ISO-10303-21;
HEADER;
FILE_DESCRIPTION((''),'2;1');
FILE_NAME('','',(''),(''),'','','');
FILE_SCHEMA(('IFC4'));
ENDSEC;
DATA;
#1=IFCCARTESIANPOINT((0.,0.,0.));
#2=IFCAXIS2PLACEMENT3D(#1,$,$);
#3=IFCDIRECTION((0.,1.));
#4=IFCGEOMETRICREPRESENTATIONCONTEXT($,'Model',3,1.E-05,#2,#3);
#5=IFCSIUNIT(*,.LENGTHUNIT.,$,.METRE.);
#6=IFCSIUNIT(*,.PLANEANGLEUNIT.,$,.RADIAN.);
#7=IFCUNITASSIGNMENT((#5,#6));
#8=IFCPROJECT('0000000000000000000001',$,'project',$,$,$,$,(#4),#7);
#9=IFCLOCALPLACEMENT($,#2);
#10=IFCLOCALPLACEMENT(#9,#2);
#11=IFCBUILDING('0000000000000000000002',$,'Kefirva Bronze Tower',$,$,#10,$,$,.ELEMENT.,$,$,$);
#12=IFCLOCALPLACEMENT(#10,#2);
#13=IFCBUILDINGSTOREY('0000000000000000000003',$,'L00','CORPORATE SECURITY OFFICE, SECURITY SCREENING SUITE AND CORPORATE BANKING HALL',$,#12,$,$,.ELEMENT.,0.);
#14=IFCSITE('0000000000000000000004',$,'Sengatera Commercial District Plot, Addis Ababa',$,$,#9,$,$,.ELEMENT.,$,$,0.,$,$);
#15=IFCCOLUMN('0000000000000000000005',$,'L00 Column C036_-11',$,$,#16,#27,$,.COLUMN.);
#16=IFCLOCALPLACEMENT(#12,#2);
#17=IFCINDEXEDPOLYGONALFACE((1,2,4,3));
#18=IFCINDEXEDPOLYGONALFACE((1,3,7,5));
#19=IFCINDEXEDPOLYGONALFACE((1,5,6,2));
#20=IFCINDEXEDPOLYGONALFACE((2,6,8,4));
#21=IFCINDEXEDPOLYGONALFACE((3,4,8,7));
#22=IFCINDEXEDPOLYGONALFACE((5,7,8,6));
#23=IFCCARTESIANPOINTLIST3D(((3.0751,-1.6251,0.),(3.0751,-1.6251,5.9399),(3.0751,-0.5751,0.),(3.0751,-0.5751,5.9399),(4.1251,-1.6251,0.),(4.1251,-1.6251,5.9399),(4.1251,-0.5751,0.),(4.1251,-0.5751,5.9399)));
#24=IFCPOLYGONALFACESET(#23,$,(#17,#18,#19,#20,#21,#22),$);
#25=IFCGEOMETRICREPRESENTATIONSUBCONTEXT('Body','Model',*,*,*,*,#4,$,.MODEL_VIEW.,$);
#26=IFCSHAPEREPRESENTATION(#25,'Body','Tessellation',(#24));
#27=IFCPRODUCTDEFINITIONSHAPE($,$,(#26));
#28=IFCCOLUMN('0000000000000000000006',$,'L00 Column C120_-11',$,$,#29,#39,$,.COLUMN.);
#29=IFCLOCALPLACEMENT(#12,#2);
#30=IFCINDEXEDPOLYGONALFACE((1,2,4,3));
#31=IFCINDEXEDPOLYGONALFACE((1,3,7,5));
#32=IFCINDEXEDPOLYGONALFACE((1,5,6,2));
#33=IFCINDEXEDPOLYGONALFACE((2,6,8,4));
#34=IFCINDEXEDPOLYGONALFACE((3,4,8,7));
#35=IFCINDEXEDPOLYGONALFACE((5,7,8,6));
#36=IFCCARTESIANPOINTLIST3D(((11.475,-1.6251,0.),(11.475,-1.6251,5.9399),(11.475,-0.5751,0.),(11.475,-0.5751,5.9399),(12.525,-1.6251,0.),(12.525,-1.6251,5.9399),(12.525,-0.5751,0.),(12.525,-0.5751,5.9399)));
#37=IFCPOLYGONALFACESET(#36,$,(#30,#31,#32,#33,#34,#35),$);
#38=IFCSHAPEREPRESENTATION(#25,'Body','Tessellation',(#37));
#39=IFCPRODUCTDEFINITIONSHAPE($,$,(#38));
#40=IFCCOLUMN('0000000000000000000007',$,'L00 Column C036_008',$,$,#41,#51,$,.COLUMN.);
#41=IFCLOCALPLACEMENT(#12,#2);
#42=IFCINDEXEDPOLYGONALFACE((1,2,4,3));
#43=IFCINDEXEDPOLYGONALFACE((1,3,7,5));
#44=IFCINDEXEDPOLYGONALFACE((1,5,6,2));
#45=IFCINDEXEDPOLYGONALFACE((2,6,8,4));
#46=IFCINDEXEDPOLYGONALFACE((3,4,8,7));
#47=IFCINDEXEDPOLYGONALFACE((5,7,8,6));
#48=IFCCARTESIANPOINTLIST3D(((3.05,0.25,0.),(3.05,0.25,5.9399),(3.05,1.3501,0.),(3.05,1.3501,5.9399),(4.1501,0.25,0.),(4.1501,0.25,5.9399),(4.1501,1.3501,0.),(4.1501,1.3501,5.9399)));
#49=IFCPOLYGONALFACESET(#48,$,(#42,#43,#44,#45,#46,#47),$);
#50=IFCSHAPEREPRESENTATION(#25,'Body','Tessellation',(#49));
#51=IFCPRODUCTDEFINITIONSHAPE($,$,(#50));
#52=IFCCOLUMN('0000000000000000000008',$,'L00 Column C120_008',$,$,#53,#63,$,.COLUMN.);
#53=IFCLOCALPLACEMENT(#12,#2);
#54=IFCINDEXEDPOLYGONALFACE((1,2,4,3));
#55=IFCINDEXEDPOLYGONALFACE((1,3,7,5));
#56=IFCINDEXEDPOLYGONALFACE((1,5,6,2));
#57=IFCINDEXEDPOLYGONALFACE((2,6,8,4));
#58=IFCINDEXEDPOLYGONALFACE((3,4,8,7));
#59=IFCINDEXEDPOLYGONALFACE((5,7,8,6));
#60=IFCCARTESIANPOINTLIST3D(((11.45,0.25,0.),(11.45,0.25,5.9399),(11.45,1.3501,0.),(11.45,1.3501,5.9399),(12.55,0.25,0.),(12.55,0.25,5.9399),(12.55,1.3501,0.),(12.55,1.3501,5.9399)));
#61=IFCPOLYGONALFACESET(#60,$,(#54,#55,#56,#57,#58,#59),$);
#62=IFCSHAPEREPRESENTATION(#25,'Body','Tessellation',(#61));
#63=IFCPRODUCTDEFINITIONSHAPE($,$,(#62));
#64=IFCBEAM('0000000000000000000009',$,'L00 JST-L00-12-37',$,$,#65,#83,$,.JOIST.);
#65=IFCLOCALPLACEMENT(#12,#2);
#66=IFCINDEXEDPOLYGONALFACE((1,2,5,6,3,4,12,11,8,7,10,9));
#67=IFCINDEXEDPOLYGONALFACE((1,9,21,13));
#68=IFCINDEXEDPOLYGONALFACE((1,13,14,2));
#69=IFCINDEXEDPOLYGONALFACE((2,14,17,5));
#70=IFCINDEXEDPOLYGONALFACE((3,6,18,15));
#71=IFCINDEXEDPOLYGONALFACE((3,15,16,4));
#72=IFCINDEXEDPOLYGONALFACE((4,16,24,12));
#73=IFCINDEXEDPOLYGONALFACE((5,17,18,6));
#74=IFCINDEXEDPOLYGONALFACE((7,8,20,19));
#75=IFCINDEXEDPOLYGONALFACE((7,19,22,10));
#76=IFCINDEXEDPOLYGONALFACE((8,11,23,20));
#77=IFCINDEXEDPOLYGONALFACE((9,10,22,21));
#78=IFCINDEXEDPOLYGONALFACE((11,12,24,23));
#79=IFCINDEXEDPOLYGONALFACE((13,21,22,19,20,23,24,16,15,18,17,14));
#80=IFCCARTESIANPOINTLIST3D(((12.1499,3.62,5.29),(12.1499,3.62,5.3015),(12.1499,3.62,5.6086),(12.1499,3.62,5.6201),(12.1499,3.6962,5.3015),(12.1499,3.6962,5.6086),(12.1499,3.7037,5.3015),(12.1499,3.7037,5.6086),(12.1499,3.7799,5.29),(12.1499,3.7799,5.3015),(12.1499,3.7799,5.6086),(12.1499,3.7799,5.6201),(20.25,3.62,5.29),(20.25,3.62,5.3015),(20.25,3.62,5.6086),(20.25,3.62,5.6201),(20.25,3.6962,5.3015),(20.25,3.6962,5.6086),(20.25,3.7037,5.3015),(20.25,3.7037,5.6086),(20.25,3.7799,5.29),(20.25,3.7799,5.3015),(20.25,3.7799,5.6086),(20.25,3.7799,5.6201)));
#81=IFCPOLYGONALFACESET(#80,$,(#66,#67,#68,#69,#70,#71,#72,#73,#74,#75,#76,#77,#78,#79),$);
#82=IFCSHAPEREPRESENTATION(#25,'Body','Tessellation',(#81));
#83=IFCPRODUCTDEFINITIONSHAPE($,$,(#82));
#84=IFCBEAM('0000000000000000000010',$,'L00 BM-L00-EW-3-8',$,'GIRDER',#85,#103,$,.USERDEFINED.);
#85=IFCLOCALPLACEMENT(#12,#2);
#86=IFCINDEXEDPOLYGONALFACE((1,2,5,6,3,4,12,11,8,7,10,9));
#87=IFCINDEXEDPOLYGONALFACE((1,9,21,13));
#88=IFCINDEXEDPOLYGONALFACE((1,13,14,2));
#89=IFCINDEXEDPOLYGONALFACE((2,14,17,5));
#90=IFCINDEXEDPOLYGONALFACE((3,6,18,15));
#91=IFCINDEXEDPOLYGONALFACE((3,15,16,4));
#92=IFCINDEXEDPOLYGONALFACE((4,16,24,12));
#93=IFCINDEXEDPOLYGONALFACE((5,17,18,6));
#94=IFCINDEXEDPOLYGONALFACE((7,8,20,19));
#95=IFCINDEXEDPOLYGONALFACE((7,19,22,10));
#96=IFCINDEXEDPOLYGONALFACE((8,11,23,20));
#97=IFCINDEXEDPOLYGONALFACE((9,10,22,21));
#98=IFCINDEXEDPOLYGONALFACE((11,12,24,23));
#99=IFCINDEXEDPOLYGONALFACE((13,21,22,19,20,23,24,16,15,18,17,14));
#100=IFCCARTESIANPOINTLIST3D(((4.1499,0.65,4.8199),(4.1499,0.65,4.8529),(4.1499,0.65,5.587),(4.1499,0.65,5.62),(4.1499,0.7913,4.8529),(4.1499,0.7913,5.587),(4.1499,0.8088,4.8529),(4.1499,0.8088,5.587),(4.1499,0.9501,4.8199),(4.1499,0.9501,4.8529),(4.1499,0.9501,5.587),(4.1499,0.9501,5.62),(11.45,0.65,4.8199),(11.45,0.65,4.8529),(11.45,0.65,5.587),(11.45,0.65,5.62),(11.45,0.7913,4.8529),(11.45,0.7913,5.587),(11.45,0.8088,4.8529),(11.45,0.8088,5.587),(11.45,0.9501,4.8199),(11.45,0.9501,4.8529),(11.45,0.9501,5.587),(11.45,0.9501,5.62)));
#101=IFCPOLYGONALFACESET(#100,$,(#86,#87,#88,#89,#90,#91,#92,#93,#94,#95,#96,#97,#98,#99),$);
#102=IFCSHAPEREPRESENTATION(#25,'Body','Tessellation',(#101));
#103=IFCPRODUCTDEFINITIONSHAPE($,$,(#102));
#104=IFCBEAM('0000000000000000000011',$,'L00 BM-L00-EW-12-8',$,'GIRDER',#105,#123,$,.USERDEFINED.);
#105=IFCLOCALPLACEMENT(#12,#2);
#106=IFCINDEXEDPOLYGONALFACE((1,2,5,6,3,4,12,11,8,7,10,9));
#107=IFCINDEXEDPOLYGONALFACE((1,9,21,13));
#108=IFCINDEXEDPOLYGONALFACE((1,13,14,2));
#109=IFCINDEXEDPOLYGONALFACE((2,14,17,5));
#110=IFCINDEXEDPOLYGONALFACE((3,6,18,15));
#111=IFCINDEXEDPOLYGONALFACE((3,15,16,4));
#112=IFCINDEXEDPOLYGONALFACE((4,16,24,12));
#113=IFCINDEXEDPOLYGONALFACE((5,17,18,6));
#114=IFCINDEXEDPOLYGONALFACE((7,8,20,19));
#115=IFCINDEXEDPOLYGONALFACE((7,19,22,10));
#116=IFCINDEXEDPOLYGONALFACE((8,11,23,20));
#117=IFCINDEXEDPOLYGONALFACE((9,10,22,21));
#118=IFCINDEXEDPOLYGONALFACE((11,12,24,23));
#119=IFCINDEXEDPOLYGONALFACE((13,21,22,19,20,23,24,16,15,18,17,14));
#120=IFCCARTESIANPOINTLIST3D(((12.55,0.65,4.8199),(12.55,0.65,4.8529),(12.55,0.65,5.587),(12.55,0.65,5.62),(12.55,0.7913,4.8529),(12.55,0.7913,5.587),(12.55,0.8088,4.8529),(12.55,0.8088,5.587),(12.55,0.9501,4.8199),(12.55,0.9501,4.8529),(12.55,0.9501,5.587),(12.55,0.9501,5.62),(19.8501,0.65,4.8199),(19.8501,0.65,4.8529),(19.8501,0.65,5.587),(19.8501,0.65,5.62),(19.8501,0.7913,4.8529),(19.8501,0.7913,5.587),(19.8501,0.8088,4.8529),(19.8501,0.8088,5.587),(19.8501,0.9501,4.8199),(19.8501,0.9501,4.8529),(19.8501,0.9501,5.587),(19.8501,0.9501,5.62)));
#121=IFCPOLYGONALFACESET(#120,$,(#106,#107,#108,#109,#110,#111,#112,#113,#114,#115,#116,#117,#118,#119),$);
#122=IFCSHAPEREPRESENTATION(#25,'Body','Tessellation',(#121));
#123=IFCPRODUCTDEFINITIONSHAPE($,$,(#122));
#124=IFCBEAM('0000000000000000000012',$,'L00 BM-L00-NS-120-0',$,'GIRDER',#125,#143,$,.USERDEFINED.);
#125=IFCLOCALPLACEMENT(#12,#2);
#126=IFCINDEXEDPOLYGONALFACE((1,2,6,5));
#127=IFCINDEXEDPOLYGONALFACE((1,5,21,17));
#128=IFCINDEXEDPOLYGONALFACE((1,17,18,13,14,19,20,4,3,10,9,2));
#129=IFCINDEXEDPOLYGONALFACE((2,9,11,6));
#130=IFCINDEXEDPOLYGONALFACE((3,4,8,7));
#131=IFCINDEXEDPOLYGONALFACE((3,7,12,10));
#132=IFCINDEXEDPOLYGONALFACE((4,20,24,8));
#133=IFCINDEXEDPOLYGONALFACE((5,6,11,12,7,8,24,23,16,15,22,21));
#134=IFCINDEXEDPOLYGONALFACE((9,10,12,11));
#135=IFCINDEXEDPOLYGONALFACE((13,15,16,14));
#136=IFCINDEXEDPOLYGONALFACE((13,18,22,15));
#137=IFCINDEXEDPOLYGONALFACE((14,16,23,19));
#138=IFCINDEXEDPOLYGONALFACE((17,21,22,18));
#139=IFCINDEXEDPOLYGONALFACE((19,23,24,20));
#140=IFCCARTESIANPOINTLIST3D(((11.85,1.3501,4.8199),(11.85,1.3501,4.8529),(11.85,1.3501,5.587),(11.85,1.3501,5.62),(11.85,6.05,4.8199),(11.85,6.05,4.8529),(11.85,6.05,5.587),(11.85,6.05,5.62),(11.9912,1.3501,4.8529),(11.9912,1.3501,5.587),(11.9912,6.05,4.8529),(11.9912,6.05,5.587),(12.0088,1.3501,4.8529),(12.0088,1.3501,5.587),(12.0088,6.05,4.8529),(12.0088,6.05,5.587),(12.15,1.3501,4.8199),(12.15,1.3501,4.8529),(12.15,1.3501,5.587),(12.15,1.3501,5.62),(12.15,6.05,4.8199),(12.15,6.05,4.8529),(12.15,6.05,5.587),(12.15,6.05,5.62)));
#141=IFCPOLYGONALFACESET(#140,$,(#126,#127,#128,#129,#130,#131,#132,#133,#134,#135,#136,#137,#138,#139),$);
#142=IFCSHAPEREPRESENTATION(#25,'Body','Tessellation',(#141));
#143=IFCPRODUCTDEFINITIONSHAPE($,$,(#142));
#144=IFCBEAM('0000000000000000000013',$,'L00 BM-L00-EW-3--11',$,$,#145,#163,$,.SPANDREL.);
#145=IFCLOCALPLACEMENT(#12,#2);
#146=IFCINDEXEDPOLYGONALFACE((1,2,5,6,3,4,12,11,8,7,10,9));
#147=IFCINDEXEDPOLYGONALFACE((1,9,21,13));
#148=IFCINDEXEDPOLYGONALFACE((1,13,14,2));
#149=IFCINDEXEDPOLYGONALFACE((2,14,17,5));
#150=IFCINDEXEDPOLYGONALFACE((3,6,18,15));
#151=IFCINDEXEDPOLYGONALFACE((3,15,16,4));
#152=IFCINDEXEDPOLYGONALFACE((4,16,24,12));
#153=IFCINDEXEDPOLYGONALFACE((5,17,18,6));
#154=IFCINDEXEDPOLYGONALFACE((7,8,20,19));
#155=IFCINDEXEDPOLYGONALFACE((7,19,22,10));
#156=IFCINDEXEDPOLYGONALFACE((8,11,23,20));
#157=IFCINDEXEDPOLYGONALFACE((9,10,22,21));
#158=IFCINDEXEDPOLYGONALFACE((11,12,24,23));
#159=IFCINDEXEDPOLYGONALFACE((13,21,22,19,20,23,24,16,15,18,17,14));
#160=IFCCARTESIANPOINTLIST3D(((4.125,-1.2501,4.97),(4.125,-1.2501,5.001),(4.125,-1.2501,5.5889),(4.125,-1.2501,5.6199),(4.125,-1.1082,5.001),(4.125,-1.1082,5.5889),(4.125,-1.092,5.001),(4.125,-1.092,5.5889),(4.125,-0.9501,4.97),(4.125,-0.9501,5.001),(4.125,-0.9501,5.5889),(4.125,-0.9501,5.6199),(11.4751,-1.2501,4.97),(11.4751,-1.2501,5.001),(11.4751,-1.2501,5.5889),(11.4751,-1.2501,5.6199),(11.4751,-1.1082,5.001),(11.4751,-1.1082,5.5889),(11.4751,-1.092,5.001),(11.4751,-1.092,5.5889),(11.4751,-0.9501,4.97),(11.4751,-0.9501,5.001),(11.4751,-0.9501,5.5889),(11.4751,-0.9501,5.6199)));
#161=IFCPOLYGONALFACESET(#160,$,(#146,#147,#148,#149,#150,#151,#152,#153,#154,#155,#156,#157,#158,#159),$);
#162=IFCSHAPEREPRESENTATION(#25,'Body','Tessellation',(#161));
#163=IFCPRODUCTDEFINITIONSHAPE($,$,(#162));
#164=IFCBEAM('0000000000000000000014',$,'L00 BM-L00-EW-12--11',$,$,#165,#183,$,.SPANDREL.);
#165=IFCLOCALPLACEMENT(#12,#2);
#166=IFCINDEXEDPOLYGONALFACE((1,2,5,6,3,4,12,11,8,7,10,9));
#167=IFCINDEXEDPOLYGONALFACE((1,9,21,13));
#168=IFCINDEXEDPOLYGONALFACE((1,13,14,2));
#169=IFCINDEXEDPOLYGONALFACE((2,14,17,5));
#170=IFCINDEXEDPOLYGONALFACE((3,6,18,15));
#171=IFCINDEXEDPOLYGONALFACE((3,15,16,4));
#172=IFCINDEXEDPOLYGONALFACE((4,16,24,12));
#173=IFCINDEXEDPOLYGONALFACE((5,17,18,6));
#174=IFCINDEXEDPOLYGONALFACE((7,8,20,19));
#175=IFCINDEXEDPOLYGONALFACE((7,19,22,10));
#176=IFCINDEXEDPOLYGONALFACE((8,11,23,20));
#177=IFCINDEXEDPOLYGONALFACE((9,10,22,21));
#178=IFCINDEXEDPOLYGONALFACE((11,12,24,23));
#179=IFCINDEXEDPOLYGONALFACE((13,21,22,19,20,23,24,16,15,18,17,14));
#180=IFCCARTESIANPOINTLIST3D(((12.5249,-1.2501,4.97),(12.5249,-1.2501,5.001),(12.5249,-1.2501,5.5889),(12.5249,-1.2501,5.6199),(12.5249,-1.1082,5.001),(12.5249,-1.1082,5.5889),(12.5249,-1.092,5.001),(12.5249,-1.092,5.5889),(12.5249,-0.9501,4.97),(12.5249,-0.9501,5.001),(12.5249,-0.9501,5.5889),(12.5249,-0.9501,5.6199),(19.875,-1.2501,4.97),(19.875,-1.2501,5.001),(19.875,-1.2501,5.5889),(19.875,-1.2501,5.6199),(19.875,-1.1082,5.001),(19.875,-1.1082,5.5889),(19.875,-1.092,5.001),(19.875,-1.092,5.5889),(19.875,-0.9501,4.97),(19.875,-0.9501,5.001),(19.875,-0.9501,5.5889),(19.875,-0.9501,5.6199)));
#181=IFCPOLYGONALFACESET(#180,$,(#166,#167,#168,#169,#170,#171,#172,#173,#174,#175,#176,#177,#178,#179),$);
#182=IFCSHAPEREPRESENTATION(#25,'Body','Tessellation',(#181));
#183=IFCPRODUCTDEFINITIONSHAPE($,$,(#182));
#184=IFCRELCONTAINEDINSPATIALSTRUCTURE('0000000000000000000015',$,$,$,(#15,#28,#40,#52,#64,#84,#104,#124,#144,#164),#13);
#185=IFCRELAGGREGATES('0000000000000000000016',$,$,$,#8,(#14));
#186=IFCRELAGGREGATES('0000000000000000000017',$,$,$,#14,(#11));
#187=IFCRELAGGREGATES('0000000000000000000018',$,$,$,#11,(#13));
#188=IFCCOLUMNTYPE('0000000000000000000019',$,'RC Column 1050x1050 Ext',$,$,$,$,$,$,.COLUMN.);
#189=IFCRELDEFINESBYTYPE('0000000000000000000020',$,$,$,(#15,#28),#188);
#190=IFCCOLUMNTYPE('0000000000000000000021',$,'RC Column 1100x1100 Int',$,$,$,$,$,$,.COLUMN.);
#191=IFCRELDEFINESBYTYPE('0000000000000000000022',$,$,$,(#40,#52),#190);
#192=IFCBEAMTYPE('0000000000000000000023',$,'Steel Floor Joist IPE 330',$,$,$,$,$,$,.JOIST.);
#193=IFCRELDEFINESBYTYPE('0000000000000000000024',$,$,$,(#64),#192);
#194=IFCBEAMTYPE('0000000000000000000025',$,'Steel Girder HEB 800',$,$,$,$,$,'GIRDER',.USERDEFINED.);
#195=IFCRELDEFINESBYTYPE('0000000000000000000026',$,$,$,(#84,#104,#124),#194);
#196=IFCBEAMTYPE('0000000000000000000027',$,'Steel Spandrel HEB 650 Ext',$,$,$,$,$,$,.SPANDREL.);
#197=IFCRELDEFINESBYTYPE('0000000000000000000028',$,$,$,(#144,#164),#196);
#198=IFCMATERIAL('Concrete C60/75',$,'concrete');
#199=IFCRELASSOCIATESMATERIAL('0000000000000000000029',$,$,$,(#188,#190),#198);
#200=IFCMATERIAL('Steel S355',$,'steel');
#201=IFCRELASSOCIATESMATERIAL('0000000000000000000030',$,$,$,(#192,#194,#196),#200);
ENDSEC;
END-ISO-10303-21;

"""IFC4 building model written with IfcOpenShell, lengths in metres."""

from ifc_helpers import new_model, si_unit, direction, frame, origin, origin_2d, place, context, subcontext, project, spatial, rectangle, i_section, extrude, material, material_profile, profile_set, type_object, element, save


model = new_model("IFC4")

# Units and contexts
model_context = context("Model", 3, precision=1e-05, world=origin(), true_north=direction((0.0, 1.0)))
body_context = subcontext(model_context, "Body", "Model", "MODEL_VIEW")
ifc_project = project(units=[si_unit("LENGTHUNIT", "METRE"), si_unit("PLANEANGLEUNIT", "RADIAN")], contexts=[model_context])

# Site, building, storey
site_placement = place(None, origin())
site = spatial("IfcSite", under=ifc_project, at=site_placement, Name="Sengatera Commercial District Plot, Addis Ababa", CompositionType="ELEMENT", RefElevation=0.0)
building_placement = place(site_placement, origin())
building = spatial("IfcBuilding", under=site, at=building_placement, Name="Kefirva Bronze Tower", CompositionType="ELEMENT")
storey_placement = place(building_placement, origin())
storey = spatial("IfcBuildingStorey", under=building, at=storey_placement, Name="L00", Description="CORPORATE SECURITY OFFICE, SECURITY SCREENING SUITE AND CORPORATE BANKING HALL", CompositionType="ELEMENT", Elevation=0.0)

# Columns
ifc_material_1 = material(Name="Concrete C60/75", Category="concrete")
ifc_material_profile_1 = material_profile(ifc_material_1, rectangle(XDim=1.05, YDim=1.05, at=origin_2d()), Name="RC 1050x1050")
ifc_profile_set_1 = profile_set([ifc_material_profile_1], Name="Concrete C60/75")
column_type_1 = type_object("IfcColumnType", Name="RC Column 1050x1050 Ext", PredefinedType="COLUMN", material=ifc_profile_set_1)
for number, where, z_axis, x_axis, name in (
    (1, (3.6001, -1.1001, 0.0), (0.0, 0.0, 1.0), (1.0, 0.0, 0.0), "L00 Column C036_-11"),
    (2, (12.0, -1.1001, 0.0), (0.0, 0.0, 1.0), (1.0, 0.0, 0.0), "L00 Column C120_-11"),
):
    element("IfcColumn", number, at=place(storey_placement, frame(where, z_axis=z_axis, x_axis=x_axis)), inside=storey, type_object=column_type_1, Name=name, PredefinedType="COLUMN", context=body_context, shape_type="SweptSolid", body=[
        extrude(rectangle(XDim=1.05, YDim=1.05, at=origin_2d()), origin(), (0.0, 0.0, 1.0), 5.9399),
    ])
ifc_material_profile_2 = material_profile(ifc_material_1, rectangle(XDim=1.1001, YDim=1.1001, at=origin_2d()), Name="RC 1100x1100")
ifc_profile_set_2 = profile_set([ifc_material_profile_2], Name="Concrete C60/75")
column_type_2 = type_object("IfcColumnType", Name="RC Column 1100x1100 Int", PredefinedType="COLUMN", material=ifc_profile_set_2)
for number, where, z_axis, x_axis, name in (
    (3, (3.6001, 0.8, 0.0), (0.0, 0.0, 1.0), (1.0, 0.0, 0.0), "L00 Column C036_008"),
    (4, (12.0, 0.8, 0.0), (0.0, 0.0, 1.0), (1.0, 0.0, 0.0), "L00 Column C120_008"),
):
    element("IfcColumn", number, at=place(storey_placement, frame(where, z_axis=z_axis, x_axis=x_axis)), inside=storey, type_object=column_type_2, Name=name, PredefinedType="COLUMN", context=body_context, shape_type="SweptSolid", body=[
        extrude(rectangle(XDim=1.1001, YDim=1.1001, at=origin_2d()), origin(), (0.0, 0.0, 1.0), 5.9399),
    ])

# Beams
ifc_material_2 = material(Name="Steel S355", Category="steel")
ifc_material_profile_3 = material_profile(ifc_material_2, i_section(OverallWidth=0.1599, OverallDepth=0.3301, WebThickness=0.0076, FlangeThickness=0.0115, at=origin_2d()), Name="IPE 330")
ifc_profile_set_3 = profile_set([ifc_material_profile_3], Name="Steel S355")
beam_type_1 = type_object("IfcBeamType", Name="Steel Floor Joist IPE 330", PredefinedType="JOIST", material=ifc_profile_set_3)
beam_1_placement = place(storey_placement, frame((12.1499, 3.7, 5.4551), z_axis=(1.0, 0.0, 0.0), x_axis=(0.0, 1.0, 0.0)))
element("IfcBeam", 5, at=beam_1_placement, inside=storey, type_object=beam_type_1, Name="L00 JST-L00-12-37", PredefinedType="JOIST", context=body_context, shape_type="SweptSolid", body=[
    extrude(i_section(OverallWidth=0.1599, OverallDepth=0.3301, WebThickness=0.0076, FlangeThickness=0.0115, at=origin_2d()), origin(), (0.0, 0.0, 1.0), 8.1001),
])
ifc_material_profile_4 = material_profile(ifc_material_2, i_section(OverallWidth=0.3, OverallDepth=0.8, WebThickness=0.0176, FlangeThickness=0.033, at=origin_2d()), Name="HEB 800")
ifc_profile_set_4 = profile_set([ifc_material_profile_4], Name="Steel S355")
beam_type_2 = type_object("IfcBeamType", Name="Steel Girder HEB 800", ElementType="GIRDER", PredefinedType="USERDEFINED", material=ifc_profile_set_4)
for number, where, z_axis, x_axis, name in (
    (6, (4.1499, 0.8, 5.22), (1.0, 0.0, 0.0), (0.0, 1.0, 0.0), "L00 BM-L00-EW-3-8"),
    (7, (12.55, 0.8, 5.22), (1.0, 0.0, 0.0), (0.0, 1.0, 0.0), "L00 BM-L00-EW-12-8"),
):
    element("IfcBeam", number, at=place(storey_placement, frame(where, z_axis=z_axis, x_axis=x_axis)), inside=storey, type_object=beam_type_2, Name=name, ObjectType="GIRDER", PredefinedType="USERDEFINED", context=body_context, shape_type="SweptSolid", body=[
        extrude(i_section(OverallWidth=0.3, OverallDepth=0.8, WebThickness=0.0176, FlangeThickness=0.033, at=origin_2d()), origin(), (0.0, 0.0, 1.0), 7.3),
    ])
beam_2_placement = place(storey_placement, frame((12.0, 1.3501, 5.22), z_axis=(0.0, 1.0, 0.0), x_axis=(-1.0, 0.0, 0.0)))
element("IfcBeam", 8, at=beam_2_placement, inside=storey, type_object=beam_type_2, Name="L00 BM-L00-NS-120-0", ObjectType="GIRDER", PredefinedType="USERDEFINED", context=body_context, shape_type="SweptSolid", body=[
    extrude(i_section(OverallWidth=0.3, OverallDepth=0.8, WebThickness=0.0176, FlangeThickness=0.033, at=origin_2d()), origin(), (0.0, 0.0, 1.0), 4.7),
])
ifc_material_profile_5 = material_profile(ifc_material_2, i_section(OverallWidth=0.3, OverallDepth=0.6499, WebThickness=0.0161, FlangeThickness=0.031, at=origin_2d()), Name="HEB 650")
ifc_profile_set_5 = profile_set([ifc_material_profile_5], Name="Steel S355")
beam_type_3 = type_object("IfcBeamType", Name="Steel Spandrel HEB 650 Ext", PredefinedType="SPANDREL", material=ifc_profile_set_5)
for number, where, z_axis, x_axis, name in (
    (9, (4.125, -1.1001, 5.2949), (1.0, 0.0, 0.0), (0.0, 1.0, 0.0), "L00 BM-L00-EW-3--11"),
    (10, (12.5249, -1.1001, 5.2949), (1.0, 0.0, 0.0), (0.0, 1.0, 0.0), "L00 BM-L00-EW-12--11"),
):
    element("IfcBeam", number, at=place(storey_placement, frame(where, z_axis=z_axis, x_axis=x_axis)), inside=storey, type_object=beam_type_3, Name=name, PredefinedType="SPANDREL", context=body_context, shape_type="SweptSolid", body=[
        extrude(i_section(OverallWidth=0.3, OverallDepth=0.6499, WebThickness=0.0161, FlangeThickness=0.031, at=origin_2d()), origin(), (0.0, 0.0, 1.0), 7.3501),
    ])

save(model, "model.ifc")
